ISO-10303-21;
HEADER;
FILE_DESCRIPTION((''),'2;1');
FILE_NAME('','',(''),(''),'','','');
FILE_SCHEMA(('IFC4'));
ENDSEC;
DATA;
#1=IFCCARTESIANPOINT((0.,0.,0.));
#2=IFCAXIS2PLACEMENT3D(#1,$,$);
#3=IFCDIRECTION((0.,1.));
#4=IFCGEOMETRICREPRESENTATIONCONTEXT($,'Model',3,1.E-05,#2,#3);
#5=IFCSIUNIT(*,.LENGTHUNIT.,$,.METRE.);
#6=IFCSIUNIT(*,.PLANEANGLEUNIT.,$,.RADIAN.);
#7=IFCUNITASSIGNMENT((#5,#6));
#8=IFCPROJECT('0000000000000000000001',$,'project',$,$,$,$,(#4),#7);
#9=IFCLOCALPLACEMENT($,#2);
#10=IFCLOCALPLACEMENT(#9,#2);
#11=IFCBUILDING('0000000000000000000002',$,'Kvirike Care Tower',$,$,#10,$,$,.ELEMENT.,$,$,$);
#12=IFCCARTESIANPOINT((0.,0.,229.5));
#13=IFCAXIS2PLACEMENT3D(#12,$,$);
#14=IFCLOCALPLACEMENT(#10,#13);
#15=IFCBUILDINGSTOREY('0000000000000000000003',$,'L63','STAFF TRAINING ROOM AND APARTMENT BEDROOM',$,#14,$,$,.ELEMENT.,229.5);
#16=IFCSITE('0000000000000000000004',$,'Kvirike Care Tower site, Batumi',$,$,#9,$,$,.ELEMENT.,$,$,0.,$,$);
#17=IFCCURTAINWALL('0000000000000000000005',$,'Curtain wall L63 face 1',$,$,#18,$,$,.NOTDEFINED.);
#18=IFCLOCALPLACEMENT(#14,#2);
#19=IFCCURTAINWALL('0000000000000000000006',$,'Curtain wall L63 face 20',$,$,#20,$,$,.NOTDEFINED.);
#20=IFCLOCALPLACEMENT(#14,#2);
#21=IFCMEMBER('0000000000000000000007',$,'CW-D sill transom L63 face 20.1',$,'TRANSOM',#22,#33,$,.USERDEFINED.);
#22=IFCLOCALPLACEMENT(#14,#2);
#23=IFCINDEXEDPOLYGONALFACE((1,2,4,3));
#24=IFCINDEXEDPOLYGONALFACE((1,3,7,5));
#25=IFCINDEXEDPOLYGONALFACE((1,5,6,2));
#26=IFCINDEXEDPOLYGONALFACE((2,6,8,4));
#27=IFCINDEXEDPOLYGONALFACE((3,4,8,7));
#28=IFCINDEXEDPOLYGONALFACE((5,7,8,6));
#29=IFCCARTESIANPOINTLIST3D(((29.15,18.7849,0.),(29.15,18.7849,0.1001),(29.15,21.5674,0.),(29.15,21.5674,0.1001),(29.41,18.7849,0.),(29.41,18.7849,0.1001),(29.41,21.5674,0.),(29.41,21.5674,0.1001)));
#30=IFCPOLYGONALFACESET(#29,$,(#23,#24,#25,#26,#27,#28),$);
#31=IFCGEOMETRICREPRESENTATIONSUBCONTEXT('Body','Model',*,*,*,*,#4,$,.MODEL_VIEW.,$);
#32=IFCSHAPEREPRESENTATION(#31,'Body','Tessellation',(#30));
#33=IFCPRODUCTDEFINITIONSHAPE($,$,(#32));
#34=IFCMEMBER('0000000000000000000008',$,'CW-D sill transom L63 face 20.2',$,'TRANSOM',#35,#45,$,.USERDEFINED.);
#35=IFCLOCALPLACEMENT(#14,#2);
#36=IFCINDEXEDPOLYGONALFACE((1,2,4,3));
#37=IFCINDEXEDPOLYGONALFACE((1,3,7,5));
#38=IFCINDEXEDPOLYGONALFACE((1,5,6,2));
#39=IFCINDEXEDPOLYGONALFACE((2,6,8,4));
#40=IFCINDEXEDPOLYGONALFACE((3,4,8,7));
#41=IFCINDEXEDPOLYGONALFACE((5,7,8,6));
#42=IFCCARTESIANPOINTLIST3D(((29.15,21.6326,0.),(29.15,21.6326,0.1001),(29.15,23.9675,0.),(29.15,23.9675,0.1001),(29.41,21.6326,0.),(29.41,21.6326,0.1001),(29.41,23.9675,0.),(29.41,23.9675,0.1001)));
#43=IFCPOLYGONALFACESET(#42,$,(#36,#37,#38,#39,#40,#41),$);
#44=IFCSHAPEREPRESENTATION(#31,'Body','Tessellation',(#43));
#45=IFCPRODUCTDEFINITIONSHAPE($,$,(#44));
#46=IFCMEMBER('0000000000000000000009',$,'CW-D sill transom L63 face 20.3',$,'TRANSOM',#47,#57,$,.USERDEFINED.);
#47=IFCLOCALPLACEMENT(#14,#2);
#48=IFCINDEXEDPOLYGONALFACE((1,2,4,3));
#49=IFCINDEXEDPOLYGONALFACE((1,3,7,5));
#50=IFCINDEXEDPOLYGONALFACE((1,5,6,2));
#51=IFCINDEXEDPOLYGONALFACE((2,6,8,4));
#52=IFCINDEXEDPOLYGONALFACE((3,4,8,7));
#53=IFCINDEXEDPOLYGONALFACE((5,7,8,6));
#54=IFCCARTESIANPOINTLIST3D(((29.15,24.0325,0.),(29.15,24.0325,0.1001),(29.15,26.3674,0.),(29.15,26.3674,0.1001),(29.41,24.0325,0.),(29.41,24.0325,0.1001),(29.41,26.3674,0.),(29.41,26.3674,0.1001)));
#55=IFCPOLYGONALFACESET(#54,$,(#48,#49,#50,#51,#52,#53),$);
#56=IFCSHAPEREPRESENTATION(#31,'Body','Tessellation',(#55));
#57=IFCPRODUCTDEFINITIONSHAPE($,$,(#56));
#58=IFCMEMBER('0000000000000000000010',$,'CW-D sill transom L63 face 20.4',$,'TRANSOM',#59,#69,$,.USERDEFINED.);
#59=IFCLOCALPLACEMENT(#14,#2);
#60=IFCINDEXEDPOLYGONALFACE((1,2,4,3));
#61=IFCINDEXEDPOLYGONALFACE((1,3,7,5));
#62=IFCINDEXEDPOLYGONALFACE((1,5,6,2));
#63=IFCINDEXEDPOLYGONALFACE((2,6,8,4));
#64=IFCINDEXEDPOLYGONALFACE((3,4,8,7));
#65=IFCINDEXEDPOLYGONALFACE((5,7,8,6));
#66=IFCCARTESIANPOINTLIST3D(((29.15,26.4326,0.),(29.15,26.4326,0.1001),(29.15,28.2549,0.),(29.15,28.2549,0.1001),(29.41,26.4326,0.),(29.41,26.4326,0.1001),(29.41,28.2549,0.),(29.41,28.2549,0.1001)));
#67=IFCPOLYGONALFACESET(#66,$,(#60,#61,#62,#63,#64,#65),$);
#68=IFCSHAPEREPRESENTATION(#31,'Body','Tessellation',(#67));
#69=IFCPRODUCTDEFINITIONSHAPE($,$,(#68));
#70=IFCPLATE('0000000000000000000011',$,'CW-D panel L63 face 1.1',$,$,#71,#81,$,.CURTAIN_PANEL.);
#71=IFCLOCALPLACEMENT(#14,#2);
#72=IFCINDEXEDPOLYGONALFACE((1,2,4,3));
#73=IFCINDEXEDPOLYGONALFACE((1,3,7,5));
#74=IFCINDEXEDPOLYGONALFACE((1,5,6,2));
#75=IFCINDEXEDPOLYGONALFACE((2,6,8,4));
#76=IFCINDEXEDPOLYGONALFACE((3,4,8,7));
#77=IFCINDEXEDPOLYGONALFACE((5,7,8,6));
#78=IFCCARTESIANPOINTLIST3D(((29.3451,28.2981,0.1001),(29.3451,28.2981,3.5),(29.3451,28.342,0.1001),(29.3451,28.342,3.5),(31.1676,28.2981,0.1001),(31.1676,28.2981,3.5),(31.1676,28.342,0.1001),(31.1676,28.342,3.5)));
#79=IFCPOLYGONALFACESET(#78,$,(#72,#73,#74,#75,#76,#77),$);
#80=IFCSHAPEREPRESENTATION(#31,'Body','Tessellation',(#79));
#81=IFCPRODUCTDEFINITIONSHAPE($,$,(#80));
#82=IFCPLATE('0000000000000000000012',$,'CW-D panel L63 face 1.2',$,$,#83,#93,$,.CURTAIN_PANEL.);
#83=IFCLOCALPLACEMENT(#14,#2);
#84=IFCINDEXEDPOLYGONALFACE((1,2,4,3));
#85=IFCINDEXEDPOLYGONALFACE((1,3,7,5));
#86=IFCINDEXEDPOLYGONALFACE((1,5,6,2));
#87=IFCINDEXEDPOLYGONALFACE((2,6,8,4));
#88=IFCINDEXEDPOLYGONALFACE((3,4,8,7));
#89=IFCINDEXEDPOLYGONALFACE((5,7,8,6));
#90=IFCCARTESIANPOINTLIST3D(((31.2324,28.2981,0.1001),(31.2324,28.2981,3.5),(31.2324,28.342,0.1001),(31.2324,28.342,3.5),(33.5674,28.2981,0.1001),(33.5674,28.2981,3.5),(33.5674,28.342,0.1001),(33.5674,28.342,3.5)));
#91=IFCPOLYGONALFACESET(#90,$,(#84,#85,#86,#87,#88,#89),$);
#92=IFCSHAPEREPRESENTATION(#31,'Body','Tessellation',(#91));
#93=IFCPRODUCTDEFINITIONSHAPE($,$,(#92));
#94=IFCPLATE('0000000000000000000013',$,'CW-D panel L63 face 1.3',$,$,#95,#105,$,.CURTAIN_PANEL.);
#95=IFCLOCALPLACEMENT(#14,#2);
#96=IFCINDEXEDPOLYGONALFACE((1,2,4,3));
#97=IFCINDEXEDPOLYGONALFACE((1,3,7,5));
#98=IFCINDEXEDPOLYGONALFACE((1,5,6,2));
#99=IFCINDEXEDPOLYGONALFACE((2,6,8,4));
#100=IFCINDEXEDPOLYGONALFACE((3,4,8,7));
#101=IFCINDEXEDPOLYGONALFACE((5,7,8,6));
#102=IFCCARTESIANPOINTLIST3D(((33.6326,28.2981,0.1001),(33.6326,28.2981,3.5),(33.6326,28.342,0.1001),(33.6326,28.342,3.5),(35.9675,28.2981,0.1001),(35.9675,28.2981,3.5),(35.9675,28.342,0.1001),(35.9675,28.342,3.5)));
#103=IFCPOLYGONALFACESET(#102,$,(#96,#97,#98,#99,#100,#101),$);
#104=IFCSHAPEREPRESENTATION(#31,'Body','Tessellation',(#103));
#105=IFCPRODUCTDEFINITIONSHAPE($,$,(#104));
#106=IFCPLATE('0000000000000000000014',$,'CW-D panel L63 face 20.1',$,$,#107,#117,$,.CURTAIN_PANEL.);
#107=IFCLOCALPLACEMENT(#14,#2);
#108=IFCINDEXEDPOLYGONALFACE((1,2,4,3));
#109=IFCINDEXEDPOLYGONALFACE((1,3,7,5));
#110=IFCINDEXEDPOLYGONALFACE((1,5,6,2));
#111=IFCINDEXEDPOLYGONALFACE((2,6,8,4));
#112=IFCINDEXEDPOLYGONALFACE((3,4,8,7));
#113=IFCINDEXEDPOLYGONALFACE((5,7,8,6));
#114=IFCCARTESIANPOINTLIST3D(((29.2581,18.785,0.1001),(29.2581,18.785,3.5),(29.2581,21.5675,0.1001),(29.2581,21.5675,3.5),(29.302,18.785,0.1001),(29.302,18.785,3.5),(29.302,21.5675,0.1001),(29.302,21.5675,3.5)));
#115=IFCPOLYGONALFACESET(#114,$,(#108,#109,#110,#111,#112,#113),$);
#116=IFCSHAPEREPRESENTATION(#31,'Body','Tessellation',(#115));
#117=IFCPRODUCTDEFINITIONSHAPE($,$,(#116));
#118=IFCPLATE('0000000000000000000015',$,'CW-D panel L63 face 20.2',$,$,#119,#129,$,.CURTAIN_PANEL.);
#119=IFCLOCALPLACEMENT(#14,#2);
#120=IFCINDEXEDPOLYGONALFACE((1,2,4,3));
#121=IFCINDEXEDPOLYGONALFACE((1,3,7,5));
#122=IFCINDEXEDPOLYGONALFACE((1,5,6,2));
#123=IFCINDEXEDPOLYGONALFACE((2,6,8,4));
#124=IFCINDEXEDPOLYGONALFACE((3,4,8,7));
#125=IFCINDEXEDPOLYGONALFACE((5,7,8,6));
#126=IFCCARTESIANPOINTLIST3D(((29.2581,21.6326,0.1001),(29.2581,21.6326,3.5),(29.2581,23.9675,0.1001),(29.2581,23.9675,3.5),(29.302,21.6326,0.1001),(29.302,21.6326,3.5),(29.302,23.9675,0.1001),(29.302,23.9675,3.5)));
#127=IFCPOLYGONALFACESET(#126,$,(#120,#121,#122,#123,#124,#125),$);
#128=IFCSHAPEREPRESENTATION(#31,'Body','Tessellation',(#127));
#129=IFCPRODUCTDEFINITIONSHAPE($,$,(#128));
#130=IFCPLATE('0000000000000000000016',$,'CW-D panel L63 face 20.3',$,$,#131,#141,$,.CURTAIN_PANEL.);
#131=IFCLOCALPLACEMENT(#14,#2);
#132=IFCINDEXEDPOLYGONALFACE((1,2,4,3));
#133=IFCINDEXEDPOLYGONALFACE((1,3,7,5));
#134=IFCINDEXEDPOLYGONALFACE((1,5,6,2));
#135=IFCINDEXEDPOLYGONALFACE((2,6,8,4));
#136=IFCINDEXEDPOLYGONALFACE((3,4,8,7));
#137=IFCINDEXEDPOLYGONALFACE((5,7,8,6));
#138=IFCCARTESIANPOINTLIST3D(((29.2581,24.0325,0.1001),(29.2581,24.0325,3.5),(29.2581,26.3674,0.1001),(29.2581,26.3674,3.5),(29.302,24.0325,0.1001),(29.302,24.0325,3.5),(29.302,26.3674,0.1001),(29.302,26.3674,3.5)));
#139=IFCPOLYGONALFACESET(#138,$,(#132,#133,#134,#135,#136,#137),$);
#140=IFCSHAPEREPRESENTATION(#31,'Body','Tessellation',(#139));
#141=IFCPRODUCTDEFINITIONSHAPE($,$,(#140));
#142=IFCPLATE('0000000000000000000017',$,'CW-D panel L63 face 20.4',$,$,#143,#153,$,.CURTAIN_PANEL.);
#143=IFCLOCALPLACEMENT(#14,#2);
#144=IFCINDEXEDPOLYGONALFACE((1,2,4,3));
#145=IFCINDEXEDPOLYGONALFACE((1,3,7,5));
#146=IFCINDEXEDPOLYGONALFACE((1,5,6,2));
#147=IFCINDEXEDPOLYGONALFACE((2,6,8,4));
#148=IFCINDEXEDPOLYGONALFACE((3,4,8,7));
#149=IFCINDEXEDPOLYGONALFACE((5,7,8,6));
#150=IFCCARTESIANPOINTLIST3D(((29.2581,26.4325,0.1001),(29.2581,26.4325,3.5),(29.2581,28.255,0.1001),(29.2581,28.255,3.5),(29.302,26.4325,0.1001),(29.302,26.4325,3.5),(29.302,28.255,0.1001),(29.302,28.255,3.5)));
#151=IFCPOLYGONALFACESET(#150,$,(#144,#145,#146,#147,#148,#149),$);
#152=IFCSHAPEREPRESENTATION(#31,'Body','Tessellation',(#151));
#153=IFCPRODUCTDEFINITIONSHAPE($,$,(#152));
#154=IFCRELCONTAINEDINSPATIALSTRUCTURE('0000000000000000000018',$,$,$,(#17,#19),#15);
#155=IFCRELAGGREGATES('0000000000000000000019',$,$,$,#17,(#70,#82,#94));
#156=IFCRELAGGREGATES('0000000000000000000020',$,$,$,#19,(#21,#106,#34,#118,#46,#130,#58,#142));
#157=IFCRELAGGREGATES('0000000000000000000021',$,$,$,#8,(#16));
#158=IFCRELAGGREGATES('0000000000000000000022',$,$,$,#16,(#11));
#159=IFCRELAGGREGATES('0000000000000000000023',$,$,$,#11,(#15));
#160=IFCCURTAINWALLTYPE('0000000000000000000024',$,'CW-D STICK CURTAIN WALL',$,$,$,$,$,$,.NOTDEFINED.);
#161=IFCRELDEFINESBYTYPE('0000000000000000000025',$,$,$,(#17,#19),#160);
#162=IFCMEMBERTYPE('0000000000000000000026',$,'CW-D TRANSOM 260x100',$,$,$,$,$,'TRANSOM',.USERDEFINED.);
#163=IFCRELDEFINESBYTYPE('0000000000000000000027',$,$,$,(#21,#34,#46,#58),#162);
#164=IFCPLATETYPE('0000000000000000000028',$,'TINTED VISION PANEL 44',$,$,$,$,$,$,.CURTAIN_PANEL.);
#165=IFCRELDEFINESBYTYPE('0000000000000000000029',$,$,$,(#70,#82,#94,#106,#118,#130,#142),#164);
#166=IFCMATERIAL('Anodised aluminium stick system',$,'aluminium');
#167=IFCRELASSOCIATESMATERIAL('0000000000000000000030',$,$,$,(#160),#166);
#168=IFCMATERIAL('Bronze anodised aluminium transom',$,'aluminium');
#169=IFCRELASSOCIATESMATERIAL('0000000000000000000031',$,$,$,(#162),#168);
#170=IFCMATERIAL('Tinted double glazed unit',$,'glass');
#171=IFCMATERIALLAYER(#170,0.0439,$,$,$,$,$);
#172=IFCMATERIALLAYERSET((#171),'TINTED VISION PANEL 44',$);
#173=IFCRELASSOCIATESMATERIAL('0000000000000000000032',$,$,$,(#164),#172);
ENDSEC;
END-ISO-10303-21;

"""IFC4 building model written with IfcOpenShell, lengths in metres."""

from ifc_helpers import new_model, si_unit, direction, frame, origin, origin_2d, place, context, subcontext, project, spatial, rectangle, extrude, material, layer, layer_set, material_profile, profile_set, type_object, element, aggregate, save


model = new_model("IFC4")

# Units and contexts
model_context = context("Model", 3, precision=1e-05, world=origin(), true_north=direction((0.0, 1.0)))
body_context = subcontext(model_context, "Body", "Model", "MODEL_VIEW")
ifc_project = project(units=[si_unit("LENGTHUNIT", "METRE"), si_unit("PLANEANGLEUNIT", "RADIAN")], contexts=[model_context])

# Site, building, storey
site_placement = place(None, origin())
site = spatial("IfcSite", under=ifc_project, at=site_placement, Name="Kvirike Care Tower site, Batumi", CompositionType="ELEMENT", RefElevation=0.0)
building_placement = place(site_placement, origin())
building = spatial("IfcBuilding", under=site, at=building_placement, Name="Kvirike Care Tower", CompositionType="ELEMENT")
storey_placement = place(building_placement, frame((0.0, 0.0, 229.5)))
storey = spatial("IfcBuildingStorey", under=building, at=storey_placement, Name="L63", Description="STAFF TRAINING ROOM AND APARTMENT BEDROOM", CompositionType="ELEMENT", Elevation=229.5)

# Curtain walls
ifc_material_1 = material(Name="Anodised aluminium stick system", Category="aluminium")
curtain_wall_type = type_object("IfcCurtainWallType", Name="CW-D STICK CURTAIN WALL", PredefinedType="NOTDEFINED", material=ifc_material_1)
curtain_wall_1_placement = place(storey_placement, origin())
curtain_wall_1 = element("IfcCurtainWall", 1, at=curtain_wall_1_placement, inside=storey, type_object=curtain_wall_type, Name="Curtain wall L63 face 1", PredefinedType="NOTDEFINED")
curtain_wall_2_placement = place(storey_placement, origin())
curtain_wall_2 = element("IfcCurtainWall", 2, at=curtain_wall_2_placement, inside=storey, type_object=curtain_wall_type, Name="Curtain wall L63 face 20", PredefinedType="NOTDEFINED")

# Members
ifc_material_2 = material(Name="Bronze anodised aluminium transom", Category="aluminium")
ifc_material_profile_1 = material_profile(ifc_material_2, rectangle(XDim=0.26, YDim=0.1001, at=origin_2d()), Name="CW-D TRANSOM 260x100")
ifc_profile_set_1 = profile_set([ifc_material_profile_1], Name="Bronze anodised aluminium transom")
member_type_1 = type_object("IfcMemberType", Name="CW-D TRANSOM 260x100", ElementType="TRANSOM", PredefinedType="USERDEFINED", material=ifc_profile_set_1)
member_1_placement = place(storey_placement, frame((29.28, 18.7849, 0.05), z_axis=(0.0, 1.0, 0.0), x_axis=(-1.0, 0.0, 0.0)))
member_1 = element("IfcMember", 3, at=member_1_placement, type_object=member_type_1, Name="CW-D sill transom L63 face 20.1", ObjectType="TRANSOM", PredefinedType="USERDEFINED", context=body_context, shape_type="SweptSolid", body=[
    extrude(rectangle(XDim=0.26, YDim=0.1001, at=origin_2d()), origin(), (0.0, 0.0, 1.0), 2.7825),
])
member_2_placement = place(storey_placement, frame((29.28, 21.6326, 0.05), z_axis=(0.0, 1.0, 0.0), x_axis=(-1.0, 0.0, 0.0)))
member_2 = element("IfcMember", 4, at=member_2_placement, type_object=member_type_1, Name="CW-D sill transom L63 face 20.2", ObjectType="TRANSOM", PredefinedType="USERDEFINED", context=body_context, shape_type="SweptSolid", body=[
    extrude(rectangle(XDim=0.26, YDim=0.1001, at=origin_2d()), origin(), (0.0, 0.0, 1.0), 2.335),
])
member_3_placement = place(storey_placement, frame((29.28, 24.0325, 0.05), z_axis=(0.0, 1.0, 0.0), x_axis=(-1.0, 0.0, 0.0)))
member_3 = element("IfcMember", 5, at=member_3_placement, type_object=member_type_1, Name="CW-D sill transom L63 face 20.3", ObjectType="TRANSOM", PredefinedType="USERDEFINED", context=body_context, shape_type="SweptSolid", body=[
    extrude(rectangle(XDim=0.26, YDim=0.1001, at=origin_2d()), origin(), (0.0, 0.0, 1.0), 2.335),
])
member_4_placement = place(storey_placement, frame((29.28, 26.4326, 0.05), z_axis=(0.0, 1.0, 0.0), x_axis=(-1.0, 0.0, 0.0)))
member_4 = element("IfcMember", 6, at=member_4_placement, type_object=member_type_1, Name="CW-D sill transom L63 face 20.4", ObjectType="TRANSOM", PredefinedType="USERDEFINED", context=body_context, shape_type="SweptSolid", body=[
    extrude(rectangle(XDim=0.26, YDim=0.1001, at=origin_2d()), origin(), (0.0, 0.0, 1.0), 1.8223),
])

# Plates
ifc_material_3 = material(Name="Tinted double glazed unit", Category="glass")
ifc_layer = layer(ifc_material_3, 0.0439)
ifc_layer_set = layer_set([ifc_layer], Name="TINTED VISION PANEL 44")
plate_type = type_object("IfcPlateType", Name="TINTED VISION PANEL 44", PredefinedType="CURTAIN_PANEL", material=ifc_layer_set)
plate_1_placement = place(storey_placement, frame((30.2563, 28.3201, 0.1001), z_axis=(0.0, 0.0, 1.0), x_axis=(1.0, 0.0, 0.0)))
plate_1 = element("IfcPlate", 7, at=plate_1_placement, type_object=plate_type, Name="CW-D panel L63 face 1.1", PredefinedType="CURTAIN_PANEL", context=body_context, shape_type="SweptSolid", body=[
    extrude(rectangle(XDim=1.8225, YDim=0.0439, at=origin_2d()), origin(), (0.0, 0.0, 1.0), 3.3999),
])
plate_2_placement = place(storey_placement, frame((32.3999, 28.3201, 0.1001), z_axis=(0.0, 0.0, 1.0), x_axis=(1.0, 0.0, 0.0)))
plate_2 = element("IfcPlate", 8, at=plate_2_placement, type_object=plate_type, Name="CW-D panel L63 face 1.2", PredefinedType="CURTAIN_PANEL", context=body_context, shape_type="SweptSolid", body=[
    extrude(rectangle(XDim=2.335, YDim=0.0439, at=origin_2d()), origin(), (0.0, 0.0, 1.0), 3.3999),
])
plate_3_placement = place(storey_placement, frame((34.8, 28.3201, 0.1001), z_axis=(0.0, 0.0, 1.0), x_axis=(1.0, 0.0, 0.0)))
plate_3 = element("IfcPlate", 9, at=plate_3_placement, type_object=plate_type, Name="CW-D panel L63 face 1.3", PredefinedType="CURTAIN_PANEL", context=body_context, shape_type="SweptSolid", body=[
    extrude(rectangle(XDim=2.335, YDim=0.0439, at=origin_2d()), origin(), (0.0, 0.0, 1.0), 3.3999),
])
aggregate(curtain_wall_1, [plate_1, plate_2, plate_3])
plate_4_placement = place(storey_placement, frame((29.28, 20.1763, 0.1001), z_axis=(0.0, 0.0, 1.0), x_axis=(0.0, 1.0, 0.0)))
plate_4 = element("IfcPlate", 10, at=plate_4_placement, type_object=plate_type, Name="CW-D panel L63 face 20.1", PredefinedType="CURTAIN_PANEL", context=body_context, shape_type="SweptSolid", body=[
    extrude(rectangle(XDim=2.7825, YDim=0.0439, at=origin_2d()), origin(), (0.0, 0.0, 1.0), 3.3999),
])
plate_5_placement = place(storey_placement, frame((29.28, 22.8, 0.1001), z_axis=(0.0, 0.0, 1.0), x_axis=(0.0, 1.0, 0.0)))
plate_5 = element("IfcPlate", 11, at=plate_5_placement, type_object=plate_type, Name="CW-D panel L63 face 20.2", PredefinedType="CURTAIN_PANEL", context=body_context, shape_type="SweptSolid", body=[
    extrude(rectangle(XDim=2.335, YDim=0.0439, at=origin_2d()), origin(), (0.0, 0.0, 1.0), 3.3999),
])
plate_6_placement = place(storey_placement, frame((29.28, 25.2, 0.1001), z_axis=(0.0, 0.0, 1.0), x_axis=(0.0, 1.0, 0.0)))
plate_6 = element("IfcPlate", 12, at=plate_6_placement, type_object=plate_type, Name="CW-D panel L63 face 20.3", PredefinedType="CURTAIN_PANEL", context=body_context, shape_type="SweptSolid", body=[
    extrude(rectangle(XDim=2.335, YDim=0.0439, at=origin_2d()), origin(), (0.0, 0.0, 1.0), 3.3999),
])
plate_7_placement = place(storey_placement, frame((29.28, 27.3438, 0.1001), z_axis=(0.0, 0.0, 1.0), x_axis=(0.0, 1.0, 0.0)))
plate_7 = element("IfcPlate", 13, at=plate_7_placement, type_object=plate_type, Name="CW-D panel L63 face 20.4", PredefinedType="CURTAIN_PANEL", context=body_context, shape_type="SweptSolid", body=[
    extrude(rectangle(XDim=1.8225, YDim=0.0439, at=origin_2d()), origin(), (0.0, 0.0, 1.0), 3.3999),
])
aggregate(curtain_wall_2, [member_1, plate_4, member_2, plate_5, member_3, plate_6, member_4, plate_7])

save(model, "model.ifc")
